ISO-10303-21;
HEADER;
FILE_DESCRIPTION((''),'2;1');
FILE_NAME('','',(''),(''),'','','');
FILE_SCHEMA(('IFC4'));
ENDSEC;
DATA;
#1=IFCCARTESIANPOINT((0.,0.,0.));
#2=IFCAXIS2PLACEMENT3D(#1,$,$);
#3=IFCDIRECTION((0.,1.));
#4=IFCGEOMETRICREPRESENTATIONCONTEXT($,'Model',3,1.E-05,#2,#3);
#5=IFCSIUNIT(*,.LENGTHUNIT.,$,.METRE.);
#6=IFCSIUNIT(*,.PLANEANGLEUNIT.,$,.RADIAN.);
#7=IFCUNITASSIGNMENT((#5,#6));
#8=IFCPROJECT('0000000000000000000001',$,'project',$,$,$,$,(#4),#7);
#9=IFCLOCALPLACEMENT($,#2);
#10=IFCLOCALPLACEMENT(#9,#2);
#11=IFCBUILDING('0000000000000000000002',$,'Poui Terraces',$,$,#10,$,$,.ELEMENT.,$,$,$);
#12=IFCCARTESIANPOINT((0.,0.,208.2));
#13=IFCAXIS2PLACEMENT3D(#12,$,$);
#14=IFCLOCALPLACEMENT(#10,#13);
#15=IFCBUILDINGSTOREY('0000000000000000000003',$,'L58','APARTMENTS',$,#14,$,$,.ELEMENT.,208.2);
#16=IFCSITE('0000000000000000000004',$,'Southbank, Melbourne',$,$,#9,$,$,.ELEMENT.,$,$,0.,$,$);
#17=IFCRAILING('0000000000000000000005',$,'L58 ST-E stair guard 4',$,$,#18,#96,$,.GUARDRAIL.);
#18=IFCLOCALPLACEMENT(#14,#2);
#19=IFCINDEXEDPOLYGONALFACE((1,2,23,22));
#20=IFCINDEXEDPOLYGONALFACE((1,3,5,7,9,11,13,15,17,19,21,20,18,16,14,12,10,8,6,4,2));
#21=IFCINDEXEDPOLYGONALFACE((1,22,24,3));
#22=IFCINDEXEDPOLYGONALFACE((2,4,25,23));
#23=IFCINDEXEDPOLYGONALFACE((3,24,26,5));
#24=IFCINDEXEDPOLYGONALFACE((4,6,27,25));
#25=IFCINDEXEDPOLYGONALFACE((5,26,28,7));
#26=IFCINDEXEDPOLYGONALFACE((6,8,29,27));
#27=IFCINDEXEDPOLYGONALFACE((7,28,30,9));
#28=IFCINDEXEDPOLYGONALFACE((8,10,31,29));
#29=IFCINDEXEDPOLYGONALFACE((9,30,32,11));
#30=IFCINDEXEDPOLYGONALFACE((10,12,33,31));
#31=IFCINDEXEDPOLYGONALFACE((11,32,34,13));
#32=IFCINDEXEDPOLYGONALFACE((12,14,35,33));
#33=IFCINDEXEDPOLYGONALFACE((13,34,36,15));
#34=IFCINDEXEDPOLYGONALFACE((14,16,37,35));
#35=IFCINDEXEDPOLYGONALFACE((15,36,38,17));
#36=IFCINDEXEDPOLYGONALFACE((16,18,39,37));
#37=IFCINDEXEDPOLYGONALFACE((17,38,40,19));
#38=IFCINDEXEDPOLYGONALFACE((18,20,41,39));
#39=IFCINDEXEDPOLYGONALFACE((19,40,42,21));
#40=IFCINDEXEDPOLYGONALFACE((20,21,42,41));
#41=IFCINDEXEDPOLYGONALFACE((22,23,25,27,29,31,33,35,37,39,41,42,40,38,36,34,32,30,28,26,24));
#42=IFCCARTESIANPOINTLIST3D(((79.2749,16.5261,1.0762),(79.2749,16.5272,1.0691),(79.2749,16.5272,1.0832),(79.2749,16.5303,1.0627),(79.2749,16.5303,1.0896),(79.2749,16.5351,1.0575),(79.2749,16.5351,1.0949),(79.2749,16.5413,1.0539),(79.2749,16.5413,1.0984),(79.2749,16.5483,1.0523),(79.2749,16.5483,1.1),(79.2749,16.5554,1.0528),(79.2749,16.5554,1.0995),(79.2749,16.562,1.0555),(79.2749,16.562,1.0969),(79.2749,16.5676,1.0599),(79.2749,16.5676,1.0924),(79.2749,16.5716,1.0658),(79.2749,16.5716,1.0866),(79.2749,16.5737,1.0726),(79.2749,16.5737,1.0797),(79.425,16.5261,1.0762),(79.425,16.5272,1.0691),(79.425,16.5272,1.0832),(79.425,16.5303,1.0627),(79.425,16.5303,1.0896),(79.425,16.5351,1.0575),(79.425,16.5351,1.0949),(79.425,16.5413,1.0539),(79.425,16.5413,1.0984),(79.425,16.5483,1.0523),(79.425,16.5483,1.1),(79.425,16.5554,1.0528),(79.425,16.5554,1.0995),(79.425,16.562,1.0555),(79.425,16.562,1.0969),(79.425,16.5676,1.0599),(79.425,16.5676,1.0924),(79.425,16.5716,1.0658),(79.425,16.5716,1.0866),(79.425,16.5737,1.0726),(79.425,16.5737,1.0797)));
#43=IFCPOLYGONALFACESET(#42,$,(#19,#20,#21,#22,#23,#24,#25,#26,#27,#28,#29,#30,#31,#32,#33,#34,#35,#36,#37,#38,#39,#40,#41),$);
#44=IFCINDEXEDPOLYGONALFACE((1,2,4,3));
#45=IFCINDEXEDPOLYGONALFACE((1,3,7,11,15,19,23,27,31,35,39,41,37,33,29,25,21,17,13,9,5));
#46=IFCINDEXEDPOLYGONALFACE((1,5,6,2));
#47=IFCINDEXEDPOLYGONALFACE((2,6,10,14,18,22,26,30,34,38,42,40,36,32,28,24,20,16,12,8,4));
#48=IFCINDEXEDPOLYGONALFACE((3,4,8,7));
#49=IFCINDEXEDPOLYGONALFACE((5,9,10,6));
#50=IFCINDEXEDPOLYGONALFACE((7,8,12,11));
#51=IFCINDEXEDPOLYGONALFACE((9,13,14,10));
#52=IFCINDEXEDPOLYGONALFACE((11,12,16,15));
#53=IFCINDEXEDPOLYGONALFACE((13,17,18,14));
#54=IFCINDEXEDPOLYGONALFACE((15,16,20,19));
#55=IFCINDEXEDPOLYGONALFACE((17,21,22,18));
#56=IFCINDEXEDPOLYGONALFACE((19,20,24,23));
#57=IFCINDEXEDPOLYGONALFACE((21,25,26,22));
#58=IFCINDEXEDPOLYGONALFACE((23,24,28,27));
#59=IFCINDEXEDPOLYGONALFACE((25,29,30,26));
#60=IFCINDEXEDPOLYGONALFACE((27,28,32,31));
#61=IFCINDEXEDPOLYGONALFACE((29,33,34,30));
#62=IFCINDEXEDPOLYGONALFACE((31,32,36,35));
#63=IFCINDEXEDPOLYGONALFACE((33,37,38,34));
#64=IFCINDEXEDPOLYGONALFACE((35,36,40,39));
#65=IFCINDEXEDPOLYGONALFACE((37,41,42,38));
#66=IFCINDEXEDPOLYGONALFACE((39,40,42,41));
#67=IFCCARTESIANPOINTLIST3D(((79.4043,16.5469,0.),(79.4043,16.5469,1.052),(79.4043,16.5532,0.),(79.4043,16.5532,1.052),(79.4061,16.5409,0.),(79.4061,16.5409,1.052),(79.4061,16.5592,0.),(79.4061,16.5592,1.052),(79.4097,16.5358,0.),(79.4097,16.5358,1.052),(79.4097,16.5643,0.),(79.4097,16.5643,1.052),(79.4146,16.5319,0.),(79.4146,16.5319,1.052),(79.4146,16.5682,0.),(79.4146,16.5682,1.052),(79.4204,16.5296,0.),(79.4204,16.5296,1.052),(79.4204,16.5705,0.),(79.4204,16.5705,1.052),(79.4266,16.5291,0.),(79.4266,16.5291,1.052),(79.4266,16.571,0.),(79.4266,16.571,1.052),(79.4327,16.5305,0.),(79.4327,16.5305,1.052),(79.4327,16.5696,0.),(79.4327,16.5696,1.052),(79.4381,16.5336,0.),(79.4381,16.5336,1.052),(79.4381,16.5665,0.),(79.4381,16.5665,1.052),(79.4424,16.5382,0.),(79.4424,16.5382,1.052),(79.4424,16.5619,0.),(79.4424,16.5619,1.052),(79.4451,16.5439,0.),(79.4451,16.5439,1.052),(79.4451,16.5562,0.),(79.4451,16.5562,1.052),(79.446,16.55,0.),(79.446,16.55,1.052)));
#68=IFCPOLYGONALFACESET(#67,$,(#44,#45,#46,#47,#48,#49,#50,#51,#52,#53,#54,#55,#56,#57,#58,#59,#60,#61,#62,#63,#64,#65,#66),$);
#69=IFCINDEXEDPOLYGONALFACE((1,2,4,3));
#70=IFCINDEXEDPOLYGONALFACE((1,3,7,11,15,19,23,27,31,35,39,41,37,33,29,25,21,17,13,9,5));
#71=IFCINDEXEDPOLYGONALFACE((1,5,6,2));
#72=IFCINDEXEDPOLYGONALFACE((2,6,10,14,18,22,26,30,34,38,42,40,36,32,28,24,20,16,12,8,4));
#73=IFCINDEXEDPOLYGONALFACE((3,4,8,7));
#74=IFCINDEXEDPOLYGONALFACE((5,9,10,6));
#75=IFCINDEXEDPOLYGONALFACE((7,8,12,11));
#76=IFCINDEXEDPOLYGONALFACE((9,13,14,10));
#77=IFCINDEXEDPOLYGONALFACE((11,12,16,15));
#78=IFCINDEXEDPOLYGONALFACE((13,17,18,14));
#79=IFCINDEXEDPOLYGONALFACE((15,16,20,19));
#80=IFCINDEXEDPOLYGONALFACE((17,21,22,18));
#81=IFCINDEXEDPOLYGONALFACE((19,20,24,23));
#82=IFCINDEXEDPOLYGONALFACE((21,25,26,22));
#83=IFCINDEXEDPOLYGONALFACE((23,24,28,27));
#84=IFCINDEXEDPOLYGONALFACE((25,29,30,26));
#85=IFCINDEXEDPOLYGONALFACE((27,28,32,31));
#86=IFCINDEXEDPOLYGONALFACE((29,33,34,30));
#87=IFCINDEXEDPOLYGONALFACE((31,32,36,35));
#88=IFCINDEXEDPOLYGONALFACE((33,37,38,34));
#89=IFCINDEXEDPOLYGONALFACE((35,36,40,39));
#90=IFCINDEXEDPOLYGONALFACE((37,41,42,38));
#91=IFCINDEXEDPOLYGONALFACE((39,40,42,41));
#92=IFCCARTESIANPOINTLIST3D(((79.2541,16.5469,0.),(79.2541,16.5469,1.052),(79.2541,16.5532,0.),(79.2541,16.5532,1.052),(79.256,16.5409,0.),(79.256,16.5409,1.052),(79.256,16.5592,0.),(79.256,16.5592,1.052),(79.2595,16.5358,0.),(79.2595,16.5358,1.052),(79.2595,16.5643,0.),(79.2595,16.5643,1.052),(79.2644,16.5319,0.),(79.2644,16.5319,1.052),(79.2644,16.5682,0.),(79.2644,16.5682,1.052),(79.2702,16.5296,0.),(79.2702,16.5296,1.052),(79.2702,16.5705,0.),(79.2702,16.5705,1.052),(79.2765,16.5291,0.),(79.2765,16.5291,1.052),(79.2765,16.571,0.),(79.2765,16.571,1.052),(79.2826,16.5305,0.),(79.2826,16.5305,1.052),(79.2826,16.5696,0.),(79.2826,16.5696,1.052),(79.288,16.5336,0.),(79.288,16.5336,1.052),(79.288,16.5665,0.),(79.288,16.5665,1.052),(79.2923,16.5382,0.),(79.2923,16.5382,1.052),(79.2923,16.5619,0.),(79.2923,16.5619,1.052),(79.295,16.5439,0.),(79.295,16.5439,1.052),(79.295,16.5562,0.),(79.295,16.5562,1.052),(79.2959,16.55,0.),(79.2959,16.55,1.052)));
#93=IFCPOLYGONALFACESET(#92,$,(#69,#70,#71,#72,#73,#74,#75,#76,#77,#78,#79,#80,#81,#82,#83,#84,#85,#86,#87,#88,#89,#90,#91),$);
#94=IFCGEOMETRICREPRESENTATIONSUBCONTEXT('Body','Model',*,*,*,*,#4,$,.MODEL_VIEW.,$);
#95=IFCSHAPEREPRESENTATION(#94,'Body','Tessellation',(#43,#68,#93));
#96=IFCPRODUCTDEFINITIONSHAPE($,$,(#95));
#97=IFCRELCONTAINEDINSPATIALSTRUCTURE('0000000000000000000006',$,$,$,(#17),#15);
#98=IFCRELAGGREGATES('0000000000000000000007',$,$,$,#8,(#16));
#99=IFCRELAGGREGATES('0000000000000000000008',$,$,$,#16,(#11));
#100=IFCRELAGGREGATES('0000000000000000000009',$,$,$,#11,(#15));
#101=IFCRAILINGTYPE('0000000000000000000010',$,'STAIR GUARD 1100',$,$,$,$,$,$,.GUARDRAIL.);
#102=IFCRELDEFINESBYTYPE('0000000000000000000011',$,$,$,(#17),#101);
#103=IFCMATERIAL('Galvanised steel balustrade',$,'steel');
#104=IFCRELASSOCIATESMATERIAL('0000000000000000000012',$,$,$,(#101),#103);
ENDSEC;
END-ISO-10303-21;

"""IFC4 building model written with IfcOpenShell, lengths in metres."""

from ifc_helpers import new_model, si_unit, direction, frame, origin, origin_2d, place, context, subcontext, project, spatial, circle, extrude, material, type_object, element, save


model = new_model("IFC4")

# Units and contexts
model_context = context("Model", 3, precision=1e-05, world=origin(), true_north=direction((0.0, 1.0)))
body_context = subcontext(model_context, "Body", "Model", "MODEL_VIEW")
ifc_project = project(units=[si_unit("LENGTHUNIT", "METRE"), si_unit("PLANEANGLEUNIT", "RADIAN")], contexts=[model_context])

# Site, building, storey
site_placement = place(None, origin())
site = spatial("IfcSite", under=ifc_project, at=site_placement, Name="Southbank, Melbourne", CompositionType="ELEMENT", RefElevation=0.0)
building_placement = place(site_placement, origin())
building = spatial("IfcBuilding", under=site, at=building_placement, Name="Poui Terraces", CompositionType="ELEMENT")
storey_placement = place(building_placement, frame((0.0, 0.0, 208.2)))
storey = spatial("IfcBuildingStorey", under=building, at=storey_placement, Name="L58", Description="APARTMENTS", CompositionType="ELEMENT", Elevation=208.2)

# Railing
ifc_material_1 = material(Name="Galvanised steel balustrade", Category="steel")
railing_type_1 = type_object("IfcRailingType", Name="STAIR GUARD 1100", PredefinedType="GUARDRAIL", material=ifc_material_1)
railing_1_placement = place(storey_placement, frame((79.425, 16.55, 0.0)))
element("IfcRailing", 1, at=railing_1_placement, inside=storey, type_object=railing_type_1, Name="L58 ST-E stair guard 4", PredefinedType="GUARDRAIL", context=body_context, shape_type="SweptSolid", body=[
    extrude(circle(Radius=0.0239, at=origin_2d()), frame((0.0, 0.0, 1.0762), z_axis=(-1.0, 0.0, 0.0), x_axis=(0.0, -1.0, 0.0)), (0.0, 0.0, 1.0), 0.1501),
    extrude(circle(Radius=0.021, at=origin_2d()), origin(), (0.0, 0.0, 1.0), 1.052),
    extrude(circle(Radius=0.021, at=origin_2d()), frame((-0.1501, 0.0, 0.0)), (0.0, 0.0, 1.0), 1.052),
])

save(model, "model.ifc")
